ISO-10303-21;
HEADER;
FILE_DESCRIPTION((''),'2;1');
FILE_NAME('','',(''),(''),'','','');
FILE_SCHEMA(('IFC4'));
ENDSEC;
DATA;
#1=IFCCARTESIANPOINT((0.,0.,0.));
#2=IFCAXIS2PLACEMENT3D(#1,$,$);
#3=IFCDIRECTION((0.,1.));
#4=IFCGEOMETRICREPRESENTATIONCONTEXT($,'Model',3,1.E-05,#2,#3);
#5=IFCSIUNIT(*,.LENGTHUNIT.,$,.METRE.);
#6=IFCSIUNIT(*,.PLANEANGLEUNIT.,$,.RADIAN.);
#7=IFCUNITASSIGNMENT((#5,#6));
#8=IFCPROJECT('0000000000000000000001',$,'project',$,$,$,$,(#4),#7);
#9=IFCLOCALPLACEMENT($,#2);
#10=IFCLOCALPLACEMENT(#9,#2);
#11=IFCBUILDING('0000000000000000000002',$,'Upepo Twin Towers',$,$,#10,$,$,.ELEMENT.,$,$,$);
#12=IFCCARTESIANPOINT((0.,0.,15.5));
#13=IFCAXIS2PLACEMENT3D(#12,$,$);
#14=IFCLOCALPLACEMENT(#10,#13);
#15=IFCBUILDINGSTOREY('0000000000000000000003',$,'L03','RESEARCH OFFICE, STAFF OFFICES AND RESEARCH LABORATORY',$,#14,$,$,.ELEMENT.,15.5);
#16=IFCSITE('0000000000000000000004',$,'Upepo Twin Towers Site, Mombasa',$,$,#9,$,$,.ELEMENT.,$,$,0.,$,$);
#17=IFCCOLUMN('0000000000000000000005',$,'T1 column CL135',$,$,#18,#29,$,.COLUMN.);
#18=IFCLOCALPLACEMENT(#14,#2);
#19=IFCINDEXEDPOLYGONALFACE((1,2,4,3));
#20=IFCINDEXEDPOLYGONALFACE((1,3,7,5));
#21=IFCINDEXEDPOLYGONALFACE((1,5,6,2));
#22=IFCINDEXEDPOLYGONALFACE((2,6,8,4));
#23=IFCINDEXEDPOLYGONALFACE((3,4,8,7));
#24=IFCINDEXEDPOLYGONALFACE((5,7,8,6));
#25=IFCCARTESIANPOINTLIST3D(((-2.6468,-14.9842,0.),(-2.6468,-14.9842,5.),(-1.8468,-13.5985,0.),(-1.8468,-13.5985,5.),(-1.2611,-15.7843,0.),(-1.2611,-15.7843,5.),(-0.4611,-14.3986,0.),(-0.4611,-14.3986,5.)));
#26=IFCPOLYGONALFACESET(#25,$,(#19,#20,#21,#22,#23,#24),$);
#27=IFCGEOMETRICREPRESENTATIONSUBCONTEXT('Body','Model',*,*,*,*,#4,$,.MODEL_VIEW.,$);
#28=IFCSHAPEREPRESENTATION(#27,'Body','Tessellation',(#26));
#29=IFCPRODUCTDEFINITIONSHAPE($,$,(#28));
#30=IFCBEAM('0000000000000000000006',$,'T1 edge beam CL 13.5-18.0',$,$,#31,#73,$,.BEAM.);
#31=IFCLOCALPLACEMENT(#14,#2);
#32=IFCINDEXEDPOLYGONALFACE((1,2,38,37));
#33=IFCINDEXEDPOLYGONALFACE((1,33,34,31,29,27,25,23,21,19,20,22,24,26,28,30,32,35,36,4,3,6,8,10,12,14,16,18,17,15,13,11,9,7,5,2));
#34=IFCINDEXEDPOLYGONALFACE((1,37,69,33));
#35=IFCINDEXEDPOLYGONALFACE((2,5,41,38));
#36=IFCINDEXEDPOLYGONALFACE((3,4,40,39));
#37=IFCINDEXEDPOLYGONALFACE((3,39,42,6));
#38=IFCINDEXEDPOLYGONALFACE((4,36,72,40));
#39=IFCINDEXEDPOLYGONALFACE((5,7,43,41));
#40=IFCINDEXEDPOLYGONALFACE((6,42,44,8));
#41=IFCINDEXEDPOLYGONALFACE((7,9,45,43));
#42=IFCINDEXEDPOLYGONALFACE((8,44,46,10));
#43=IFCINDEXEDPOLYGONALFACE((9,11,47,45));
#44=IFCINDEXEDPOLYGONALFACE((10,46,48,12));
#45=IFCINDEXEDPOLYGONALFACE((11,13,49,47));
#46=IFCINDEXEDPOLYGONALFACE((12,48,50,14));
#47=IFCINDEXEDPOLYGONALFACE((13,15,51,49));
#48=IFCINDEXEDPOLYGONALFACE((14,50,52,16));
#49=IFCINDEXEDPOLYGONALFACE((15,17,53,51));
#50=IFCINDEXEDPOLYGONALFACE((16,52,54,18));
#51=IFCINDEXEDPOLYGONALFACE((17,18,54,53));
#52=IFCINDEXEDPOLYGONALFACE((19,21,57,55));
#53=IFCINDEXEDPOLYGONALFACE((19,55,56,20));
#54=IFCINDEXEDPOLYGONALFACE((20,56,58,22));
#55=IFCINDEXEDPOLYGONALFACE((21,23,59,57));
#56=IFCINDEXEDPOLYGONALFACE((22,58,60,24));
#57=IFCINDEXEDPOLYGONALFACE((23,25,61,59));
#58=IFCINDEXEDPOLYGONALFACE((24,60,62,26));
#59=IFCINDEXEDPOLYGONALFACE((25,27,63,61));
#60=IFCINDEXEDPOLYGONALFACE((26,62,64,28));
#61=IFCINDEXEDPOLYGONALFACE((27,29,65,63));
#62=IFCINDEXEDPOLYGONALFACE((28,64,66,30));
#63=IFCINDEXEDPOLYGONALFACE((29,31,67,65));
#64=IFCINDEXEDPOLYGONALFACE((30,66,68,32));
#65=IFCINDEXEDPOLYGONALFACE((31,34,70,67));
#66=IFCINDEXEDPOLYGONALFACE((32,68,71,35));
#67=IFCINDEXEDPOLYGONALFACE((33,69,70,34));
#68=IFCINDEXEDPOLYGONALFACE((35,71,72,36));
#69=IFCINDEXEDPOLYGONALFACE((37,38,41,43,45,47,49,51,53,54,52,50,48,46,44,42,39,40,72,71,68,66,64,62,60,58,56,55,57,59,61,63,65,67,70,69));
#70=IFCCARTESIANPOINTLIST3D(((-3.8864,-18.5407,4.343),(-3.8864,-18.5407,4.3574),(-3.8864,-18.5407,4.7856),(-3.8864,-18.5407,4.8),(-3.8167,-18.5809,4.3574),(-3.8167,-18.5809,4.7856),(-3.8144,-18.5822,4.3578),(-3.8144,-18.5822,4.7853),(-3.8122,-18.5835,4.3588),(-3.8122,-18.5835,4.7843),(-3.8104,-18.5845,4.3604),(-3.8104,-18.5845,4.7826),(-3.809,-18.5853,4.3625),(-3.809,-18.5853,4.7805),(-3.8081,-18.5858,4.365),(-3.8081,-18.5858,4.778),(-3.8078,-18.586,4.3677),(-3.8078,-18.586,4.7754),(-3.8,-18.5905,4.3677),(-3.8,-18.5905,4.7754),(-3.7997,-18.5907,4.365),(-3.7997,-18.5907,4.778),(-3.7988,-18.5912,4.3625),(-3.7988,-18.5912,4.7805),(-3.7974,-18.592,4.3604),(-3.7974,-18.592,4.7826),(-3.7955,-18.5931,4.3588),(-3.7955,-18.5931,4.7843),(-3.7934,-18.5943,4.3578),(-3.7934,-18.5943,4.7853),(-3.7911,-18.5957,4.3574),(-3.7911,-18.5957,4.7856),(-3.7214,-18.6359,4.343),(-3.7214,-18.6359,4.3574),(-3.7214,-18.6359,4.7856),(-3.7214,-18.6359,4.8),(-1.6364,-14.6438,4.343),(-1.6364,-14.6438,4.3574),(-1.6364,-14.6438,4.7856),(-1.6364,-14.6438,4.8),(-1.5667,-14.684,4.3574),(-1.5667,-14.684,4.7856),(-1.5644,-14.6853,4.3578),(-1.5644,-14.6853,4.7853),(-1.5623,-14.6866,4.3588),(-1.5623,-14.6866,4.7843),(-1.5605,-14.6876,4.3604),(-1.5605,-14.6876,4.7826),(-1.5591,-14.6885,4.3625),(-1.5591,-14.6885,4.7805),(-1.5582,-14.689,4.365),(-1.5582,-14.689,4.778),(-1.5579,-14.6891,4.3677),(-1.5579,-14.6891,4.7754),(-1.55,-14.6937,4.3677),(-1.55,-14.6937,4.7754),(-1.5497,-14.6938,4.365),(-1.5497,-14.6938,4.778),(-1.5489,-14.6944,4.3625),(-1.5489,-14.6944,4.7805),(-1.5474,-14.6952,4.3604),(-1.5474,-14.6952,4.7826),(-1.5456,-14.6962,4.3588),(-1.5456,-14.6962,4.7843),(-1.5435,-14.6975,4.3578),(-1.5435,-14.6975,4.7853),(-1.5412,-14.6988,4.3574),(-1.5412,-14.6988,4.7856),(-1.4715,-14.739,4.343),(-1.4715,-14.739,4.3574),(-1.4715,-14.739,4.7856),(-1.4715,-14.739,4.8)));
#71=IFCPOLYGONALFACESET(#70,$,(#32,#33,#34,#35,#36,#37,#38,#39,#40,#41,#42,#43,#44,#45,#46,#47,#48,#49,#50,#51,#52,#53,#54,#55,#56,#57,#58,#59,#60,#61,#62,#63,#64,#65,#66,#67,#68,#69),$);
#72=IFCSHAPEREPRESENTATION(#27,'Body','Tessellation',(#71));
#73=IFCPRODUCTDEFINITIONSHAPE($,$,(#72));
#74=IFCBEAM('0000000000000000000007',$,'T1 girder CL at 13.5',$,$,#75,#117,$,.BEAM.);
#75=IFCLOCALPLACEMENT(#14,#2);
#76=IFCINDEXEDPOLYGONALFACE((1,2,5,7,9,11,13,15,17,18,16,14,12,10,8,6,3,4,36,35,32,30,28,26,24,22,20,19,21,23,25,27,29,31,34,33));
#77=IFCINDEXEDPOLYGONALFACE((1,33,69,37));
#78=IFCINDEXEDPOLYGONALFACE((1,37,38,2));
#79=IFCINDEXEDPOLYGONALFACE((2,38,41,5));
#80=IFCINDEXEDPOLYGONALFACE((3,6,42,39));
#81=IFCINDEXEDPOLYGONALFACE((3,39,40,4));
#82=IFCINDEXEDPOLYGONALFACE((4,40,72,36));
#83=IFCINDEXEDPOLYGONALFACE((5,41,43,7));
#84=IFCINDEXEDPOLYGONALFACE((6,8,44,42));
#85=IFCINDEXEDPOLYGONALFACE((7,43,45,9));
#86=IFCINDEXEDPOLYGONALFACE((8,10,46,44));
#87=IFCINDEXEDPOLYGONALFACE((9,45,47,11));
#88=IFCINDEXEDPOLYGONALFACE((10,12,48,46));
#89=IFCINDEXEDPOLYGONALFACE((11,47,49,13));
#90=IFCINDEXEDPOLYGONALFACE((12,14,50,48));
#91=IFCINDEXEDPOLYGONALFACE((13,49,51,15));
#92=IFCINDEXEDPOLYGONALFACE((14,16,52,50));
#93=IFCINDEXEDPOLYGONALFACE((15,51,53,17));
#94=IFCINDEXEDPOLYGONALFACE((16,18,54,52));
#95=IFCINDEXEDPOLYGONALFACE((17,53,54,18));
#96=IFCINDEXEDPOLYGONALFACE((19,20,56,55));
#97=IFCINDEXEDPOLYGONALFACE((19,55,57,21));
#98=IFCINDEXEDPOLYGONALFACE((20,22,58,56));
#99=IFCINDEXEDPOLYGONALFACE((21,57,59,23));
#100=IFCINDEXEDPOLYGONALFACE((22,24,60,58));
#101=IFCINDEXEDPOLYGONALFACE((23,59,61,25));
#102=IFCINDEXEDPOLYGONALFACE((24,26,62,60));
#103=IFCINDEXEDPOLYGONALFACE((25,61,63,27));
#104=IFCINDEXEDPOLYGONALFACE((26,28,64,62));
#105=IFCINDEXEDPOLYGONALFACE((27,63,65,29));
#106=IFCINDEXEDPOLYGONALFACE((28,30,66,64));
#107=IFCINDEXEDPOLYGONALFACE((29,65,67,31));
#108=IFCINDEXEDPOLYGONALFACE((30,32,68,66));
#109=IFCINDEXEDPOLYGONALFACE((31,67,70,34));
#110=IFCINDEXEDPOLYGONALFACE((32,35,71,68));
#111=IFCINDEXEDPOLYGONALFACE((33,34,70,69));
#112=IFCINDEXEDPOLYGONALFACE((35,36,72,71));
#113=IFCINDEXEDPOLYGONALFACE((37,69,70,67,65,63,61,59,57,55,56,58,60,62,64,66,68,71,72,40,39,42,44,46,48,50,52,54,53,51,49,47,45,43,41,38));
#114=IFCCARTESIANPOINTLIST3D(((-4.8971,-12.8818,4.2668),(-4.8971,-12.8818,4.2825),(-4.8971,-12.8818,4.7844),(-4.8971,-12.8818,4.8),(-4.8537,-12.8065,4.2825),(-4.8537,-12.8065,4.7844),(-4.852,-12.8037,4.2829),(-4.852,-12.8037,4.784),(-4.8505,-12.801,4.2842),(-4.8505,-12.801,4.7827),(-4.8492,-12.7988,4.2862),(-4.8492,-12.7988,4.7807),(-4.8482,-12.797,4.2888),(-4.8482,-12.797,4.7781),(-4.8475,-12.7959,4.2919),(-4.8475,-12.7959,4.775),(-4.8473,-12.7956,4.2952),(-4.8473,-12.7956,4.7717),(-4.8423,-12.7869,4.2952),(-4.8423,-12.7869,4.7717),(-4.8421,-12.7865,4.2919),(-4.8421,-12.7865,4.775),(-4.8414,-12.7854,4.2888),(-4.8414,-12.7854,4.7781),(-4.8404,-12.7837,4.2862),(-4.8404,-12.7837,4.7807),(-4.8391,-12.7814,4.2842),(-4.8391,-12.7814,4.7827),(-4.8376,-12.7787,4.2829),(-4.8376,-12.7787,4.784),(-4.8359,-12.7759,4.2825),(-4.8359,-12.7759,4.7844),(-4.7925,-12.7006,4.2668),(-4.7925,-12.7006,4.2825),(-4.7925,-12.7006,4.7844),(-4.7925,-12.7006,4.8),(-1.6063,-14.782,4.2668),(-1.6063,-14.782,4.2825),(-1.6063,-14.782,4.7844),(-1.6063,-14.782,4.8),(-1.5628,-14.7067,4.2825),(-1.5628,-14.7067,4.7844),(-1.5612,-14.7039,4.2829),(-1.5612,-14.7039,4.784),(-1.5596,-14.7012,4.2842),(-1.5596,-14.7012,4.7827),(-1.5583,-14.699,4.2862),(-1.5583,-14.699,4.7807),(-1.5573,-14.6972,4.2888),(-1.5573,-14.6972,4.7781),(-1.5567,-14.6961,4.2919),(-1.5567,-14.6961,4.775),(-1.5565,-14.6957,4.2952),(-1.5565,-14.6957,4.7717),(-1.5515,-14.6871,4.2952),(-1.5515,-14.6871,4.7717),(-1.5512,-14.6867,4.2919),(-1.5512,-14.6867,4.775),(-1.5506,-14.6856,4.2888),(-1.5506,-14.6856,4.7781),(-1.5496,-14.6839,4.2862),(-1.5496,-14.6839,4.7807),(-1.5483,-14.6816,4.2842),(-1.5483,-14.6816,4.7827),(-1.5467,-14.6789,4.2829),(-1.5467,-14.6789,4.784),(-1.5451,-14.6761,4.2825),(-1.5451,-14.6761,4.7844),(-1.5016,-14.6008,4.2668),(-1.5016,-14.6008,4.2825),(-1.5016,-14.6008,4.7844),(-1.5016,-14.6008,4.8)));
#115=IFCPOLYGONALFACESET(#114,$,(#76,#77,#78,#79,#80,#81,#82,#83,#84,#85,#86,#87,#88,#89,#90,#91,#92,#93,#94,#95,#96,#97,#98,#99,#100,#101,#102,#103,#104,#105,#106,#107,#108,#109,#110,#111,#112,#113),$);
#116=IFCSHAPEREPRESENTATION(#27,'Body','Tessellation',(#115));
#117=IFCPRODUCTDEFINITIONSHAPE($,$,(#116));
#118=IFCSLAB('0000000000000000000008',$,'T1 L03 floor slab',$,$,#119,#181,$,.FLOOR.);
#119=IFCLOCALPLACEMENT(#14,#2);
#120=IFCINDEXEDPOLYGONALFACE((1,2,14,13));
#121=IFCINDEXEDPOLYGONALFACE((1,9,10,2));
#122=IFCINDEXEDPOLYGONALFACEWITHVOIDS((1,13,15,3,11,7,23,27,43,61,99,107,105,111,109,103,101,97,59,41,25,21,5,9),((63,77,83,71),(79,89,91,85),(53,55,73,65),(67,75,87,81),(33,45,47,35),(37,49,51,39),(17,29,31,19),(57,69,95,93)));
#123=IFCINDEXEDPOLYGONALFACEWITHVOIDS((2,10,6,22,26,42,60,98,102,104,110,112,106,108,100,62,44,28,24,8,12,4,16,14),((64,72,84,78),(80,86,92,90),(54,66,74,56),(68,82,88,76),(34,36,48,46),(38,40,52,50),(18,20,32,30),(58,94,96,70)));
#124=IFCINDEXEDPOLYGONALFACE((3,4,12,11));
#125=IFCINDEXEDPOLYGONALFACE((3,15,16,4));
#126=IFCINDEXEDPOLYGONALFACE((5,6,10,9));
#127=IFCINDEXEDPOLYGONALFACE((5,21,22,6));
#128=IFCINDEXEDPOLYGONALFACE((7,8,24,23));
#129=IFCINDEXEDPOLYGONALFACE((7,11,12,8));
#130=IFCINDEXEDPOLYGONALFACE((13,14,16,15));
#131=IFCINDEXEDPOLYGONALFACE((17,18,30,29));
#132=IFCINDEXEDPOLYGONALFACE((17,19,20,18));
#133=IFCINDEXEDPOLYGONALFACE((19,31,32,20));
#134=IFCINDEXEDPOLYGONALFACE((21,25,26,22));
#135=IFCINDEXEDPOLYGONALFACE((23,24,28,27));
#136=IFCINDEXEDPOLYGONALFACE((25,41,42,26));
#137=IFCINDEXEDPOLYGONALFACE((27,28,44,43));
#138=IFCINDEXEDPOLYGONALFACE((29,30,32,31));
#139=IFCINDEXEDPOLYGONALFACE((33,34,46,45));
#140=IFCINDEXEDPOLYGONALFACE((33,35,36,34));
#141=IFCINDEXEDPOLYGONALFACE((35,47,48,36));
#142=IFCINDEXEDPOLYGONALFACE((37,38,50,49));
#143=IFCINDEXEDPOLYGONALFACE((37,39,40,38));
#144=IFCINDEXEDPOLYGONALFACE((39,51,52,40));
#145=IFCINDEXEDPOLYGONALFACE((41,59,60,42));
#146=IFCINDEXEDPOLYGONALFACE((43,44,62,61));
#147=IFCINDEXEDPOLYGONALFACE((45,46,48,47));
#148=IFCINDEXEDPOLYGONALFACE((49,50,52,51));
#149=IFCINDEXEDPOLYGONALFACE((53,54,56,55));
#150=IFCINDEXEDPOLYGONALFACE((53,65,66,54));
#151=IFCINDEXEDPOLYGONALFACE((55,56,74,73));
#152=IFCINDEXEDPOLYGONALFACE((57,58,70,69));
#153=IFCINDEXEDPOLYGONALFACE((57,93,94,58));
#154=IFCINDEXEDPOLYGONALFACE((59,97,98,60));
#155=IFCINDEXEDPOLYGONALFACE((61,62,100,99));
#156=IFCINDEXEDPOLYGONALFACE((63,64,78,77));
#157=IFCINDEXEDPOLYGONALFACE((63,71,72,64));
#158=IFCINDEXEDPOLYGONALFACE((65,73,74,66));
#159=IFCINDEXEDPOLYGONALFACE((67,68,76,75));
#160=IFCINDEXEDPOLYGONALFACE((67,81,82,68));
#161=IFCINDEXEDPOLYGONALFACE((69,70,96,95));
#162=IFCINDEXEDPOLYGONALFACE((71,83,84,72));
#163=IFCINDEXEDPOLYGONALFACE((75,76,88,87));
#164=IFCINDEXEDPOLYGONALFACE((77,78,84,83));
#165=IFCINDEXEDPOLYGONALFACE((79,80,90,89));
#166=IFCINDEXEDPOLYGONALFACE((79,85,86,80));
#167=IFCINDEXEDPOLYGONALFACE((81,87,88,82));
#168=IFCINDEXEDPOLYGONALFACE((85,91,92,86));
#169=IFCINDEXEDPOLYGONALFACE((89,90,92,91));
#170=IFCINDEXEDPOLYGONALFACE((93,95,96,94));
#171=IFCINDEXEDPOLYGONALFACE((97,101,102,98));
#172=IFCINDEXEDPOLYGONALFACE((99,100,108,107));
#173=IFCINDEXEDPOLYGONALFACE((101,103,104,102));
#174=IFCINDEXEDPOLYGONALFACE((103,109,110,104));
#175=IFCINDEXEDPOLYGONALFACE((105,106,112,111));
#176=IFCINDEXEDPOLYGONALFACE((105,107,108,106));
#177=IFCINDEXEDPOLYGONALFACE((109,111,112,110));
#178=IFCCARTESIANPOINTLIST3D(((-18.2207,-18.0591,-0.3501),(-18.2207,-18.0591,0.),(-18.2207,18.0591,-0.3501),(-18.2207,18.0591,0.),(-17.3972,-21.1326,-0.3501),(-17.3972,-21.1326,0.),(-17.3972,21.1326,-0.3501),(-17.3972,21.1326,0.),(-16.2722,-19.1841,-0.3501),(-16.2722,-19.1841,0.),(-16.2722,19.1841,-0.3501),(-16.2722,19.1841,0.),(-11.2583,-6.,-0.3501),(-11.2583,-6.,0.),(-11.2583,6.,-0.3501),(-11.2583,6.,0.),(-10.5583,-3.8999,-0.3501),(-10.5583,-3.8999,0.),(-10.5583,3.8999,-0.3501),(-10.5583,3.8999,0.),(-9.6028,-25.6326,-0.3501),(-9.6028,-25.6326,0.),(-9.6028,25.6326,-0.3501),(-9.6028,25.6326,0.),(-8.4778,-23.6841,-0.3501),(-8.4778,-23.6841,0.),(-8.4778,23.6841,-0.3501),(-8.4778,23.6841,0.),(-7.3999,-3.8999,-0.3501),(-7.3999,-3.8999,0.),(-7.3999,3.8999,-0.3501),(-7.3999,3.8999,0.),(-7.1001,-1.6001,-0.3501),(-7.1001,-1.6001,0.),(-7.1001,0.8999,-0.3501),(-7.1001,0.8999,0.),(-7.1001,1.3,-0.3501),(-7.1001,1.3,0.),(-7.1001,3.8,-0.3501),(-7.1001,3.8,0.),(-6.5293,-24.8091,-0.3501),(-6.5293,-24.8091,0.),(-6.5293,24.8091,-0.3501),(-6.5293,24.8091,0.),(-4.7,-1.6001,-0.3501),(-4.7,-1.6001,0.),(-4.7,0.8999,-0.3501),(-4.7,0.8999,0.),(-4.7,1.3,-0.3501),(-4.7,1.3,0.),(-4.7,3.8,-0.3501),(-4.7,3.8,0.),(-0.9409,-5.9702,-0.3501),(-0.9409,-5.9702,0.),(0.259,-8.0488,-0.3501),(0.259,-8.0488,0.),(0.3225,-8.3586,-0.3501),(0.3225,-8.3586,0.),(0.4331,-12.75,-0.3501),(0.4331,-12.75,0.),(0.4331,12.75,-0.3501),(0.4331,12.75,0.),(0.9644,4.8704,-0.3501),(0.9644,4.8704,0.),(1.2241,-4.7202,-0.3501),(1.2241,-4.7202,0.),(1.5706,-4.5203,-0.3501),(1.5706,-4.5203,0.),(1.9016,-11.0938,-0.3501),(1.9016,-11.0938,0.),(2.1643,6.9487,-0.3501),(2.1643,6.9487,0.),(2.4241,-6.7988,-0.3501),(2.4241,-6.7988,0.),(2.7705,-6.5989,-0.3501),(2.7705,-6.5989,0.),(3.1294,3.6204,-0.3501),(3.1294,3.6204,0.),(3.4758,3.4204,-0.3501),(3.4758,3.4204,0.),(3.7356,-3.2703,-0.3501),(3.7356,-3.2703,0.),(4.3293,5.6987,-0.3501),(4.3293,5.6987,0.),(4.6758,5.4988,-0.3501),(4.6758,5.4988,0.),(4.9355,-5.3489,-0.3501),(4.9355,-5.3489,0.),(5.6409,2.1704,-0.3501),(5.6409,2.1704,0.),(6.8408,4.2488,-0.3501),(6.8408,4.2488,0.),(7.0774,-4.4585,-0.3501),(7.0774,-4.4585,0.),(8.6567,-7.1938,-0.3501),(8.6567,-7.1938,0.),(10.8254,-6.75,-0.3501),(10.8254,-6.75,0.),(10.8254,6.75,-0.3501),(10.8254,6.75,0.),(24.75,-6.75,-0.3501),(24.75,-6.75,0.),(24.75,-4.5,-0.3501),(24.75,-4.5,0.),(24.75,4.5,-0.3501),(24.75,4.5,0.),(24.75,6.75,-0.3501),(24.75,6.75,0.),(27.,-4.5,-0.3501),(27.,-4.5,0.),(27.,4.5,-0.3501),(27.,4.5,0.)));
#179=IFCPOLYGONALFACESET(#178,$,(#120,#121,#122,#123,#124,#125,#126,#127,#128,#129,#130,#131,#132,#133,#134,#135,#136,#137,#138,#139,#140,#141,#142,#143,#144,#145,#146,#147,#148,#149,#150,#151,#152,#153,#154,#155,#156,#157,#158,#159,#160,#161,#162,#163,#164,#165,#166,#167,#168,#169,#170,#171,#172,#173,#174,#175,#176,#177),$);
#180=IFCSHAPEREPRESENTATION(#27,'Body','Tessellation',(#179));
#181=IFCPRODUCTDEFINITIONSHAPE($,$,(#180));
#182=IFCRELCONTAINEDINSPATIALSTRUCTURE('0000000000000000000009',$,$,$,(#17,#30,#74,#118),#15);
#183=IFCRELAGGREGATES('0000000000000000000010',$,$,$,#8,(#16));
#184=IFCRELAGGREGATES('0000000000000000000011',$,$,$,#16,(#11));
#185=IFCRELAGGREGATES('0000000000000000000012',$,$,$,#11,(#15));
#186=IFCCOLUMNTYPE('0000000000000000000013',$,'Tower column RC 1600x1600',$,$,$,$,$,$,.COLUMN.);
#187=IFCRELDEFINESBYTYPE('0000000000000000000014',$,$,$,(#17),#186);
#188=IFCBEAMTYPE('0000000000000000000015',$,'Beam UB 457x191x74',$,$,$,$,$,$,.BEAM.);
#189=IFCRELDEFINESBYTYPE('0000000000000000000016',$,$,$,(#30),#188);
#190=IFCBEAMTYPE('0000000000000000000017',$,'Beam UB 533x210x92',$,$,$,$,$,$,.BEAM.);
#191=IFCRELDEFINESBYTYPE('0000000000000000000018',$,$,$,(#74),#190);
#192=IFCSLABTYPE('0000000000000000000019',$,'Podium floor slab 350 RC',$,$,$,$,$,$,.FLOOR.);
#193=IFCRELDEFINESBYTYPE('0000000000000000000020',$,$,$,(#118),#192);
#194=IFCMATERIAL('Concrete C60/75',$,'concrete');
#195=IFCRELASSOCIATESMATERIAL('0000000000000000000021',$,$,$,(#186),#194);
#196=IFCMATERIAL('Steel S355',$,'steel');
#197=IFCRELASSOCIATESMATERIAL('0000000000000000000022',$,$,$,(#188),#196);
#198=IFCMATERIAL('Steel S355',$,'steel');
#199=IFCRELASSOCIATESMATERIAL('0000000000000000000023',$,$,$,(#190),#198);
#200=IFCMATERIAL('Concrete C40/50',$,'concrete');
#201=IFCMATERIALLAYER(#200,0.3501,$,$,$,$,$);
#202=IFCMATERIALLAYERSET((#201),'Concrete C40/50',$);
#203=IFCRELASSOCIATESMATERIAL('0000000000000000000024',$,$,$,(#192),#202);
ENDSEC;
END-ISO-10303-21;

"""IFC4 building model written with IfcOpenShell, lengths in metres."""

from ifc_helpers import new_model, si_unit, direction, frame, origin, origin_2d, place, context, subcontext, project, spatial, polyline, rectangle, i_section, outline, extrude, material, layer, layer_set, material_profile, profile_set, type_object, element, save


model = new_model("IFC4")

# Units and contexts
model_context = context("Model", 3, precision=1e-05, world=origin(), true_north=direction((0.0, 1.0)))
body_context = subcontext(model_context, "Body", "Model", "MODEL_VIEW")
ifc_project = project(units=[si_unit("LENGTHUNIT", "METRE"), si_unit("PLANEANGLEUNIT", "RADIAN")], contexts=[model_context])

# Site, building, storey
site_placement = place(None, origin())
site = spatial("IfcSite", under=ifc_project, at=site_placement, Name="Upepo Twin Towers Site, Mombasa", CompositionType="ELEMENT", RefElevation=0.0)
building_placement = place(site_placement, origin())
building = spatial("IfcBuilding", under=site, at=building_placement, Name="Upepo Twin Towers", CompositionType="ELEMENT")
storey_placement = place(building_placement, frame((0.0, 0.0, 15.5)))
storey = spatial("IfcBuildingStorey", under=building, at=storey_placement, Name="L03", Description="RESEARCH OFFICE, STAFF OFFICES AND RESEARCH LABORATORY", CompositionType="ELEMENT", Elevation=15.5)

# Column
ifc_material_1 = material(Name="Concrete C60/75", Category="concrete")
ifc_material_profile_1 = material_profile(ifc_material_1, rectangle(XDim=1.6001, YDim=1.6001, at=origin_2d()), Name="RC 1600x1600")
ifc_profile_set_1 = profile_set([ifc_material_profile_1], Name="Concrete C60/75")
column_type = type_object("IfcColumnType", Name="Tower column RC 1600x1600", PredefinedType="COLUMN", material=ifc_profile_set_1)
column_placement = place(storey_placement, frame((-1.554, -14.6914, 0.0), z_axis=(0.0, 0.0, 1.0), x_axis=(0.5, 0.866025, 0.0)))
element("IfcColumn", 1, at=column_placement, inside=storey, type_object=column_type, Name="T1 column CL135", PredefinedType="COLUMN", context=body_context, shape_type="SweptSolid", body=[
    extrude(rectangle(XDim=1.6001, YDim=1.6001, at=origin_2d()), origin(), (0.0, 0.0, 1.0), 5.0),
])

# Beams
ifc_material_2 = material(Name="Steel S355", Category="steel")
ifc_material_profile_2 = material_profile(ifc_material_2, i_section(OverallWidth=0.1904, OverallDepth=0.457, WebThickness=0.009, FlangeThickness=0.0144, FilletRadius=0.0103, at=origin_2d()), Name="UB 457x191x74")
ifc_profile_set_2 = profile_set([ifc_material_profile_2], Name="Steel S355")
beam_type_1 = type_object("IfcBeamType", Name="Beam UB 457x191x74", PredefinedType="BEAM", material=ifc_profile_set_2)
beam_1_placement = place(storey_placement, frame((-1.554, -14.6914, 4.5715), z_axis=(-0.500014, -0.866018, 0.0), x_axis=(0.866018, -0.500014, 0.0)))
element("IfcBeam", 2, at=beam_1_placement, inside=storey, type_object=beam_type_1, Name="T1 edge beam CL 13.5-18.0", PredefinedType="BEAM", context=body_context, shape_type="SweptSolid", body=[
    extrude(i_section(OverallWidth=0.1904, OverallDepth=0.457, WebThickness=0.009, FlangeThickness=0.0144, FilletRadius=0.0103, at=origin_2d()), origin(), (0.0, 0.0, 1.0), 4.4998),
])
ifc_material_3 = material(Name="Steel S355", Category="steel")
ifc_material_profile_3 = material_profile(ifc_material_3, i_section(OverallWidth=0.2092, OverallDepth=0.5332, WebThickness=0.01, FlangeThickness=0.0156, FilletRadius=0.0127, at=origin_2d()), Name="UB 533x210x92")
ifc_profile_set_3 = profile_set([ifc_material_profile_3], Name="Steel S355")
beam_type_2 = type_object("IfcBeamType", Name="Beam UB 533x210x92", PredefinedType="BEAM", material=ifc_profile_set_3)
beam_2_placement = place(storey_placement, frame((-1.554, -14.6914, 4.5334), z_axis=(-0.866, 0.500043, 0.0), x_axis=(-0.500043, -0.866, 0.0)))
element("IfcBeam", 3, at=beam_2_placement, inside=storey, type_object=beam_type_2, Name="T1 girder CL at 13.5", PredefinedType="BEAM", context=body_context, shape_type="SweptSolid", body=[
    extrude(i_section(OverallWidth=0.2092, OverallDepth=0.5332, WebThickness=0.01, FlangeThickness=0.0156, FilletRadius=0.0127, at=origin_2d()), origin(), (0.0, 0.0, 1.0), 3.8),
])

# Slab
ifc_material_4 = material(Name="Concrete C40/50", Category="concrete")
ifc_layer_1 = layer(ifc_material_4, 0.3501)
ifc_layer_set_1 = layer_set([ifc_layer_1], Name="Concrete C40/50")
slab_type = type_object("IfcSlabType", Name="Podium floor slab 350 RC", PredefinedType="FLOOR", material=ifc_layer_set_1)
slab_1_placement = place(storey_placement, frame((0.0, 0.0, -0.3501)))
element("IfcSlab", 4, at=slab_1_placement, inside=storey, type_object=slab_type, Name="T1 L03 floor slab", PredefinedType="FLOOR", context=body_context, shape_type="SweptSolid", body=[
    extrude(outline(polyline([(-8.4778, -23.6841), (-9.6028, -25.6326), (-17.3972, -21.1326), (-16.2722, -19.1841), (-18.2207, -18.0591), (-11.2583, -6.0), (-11.2583, 6.0), (-18.2207, 18.0591), (-16.2722, 19.1841), (-17.3972, 21.1326), (-9.6028, 25.6326), (-8.4778, 23.6841), (-6.5293, 24.8091), (0.4331, 12.75), (10.8254, 6.75), (24.75, 6.75), (24.75, 4.5), (27.0, 4.5), (27.0, -4.5), (24.75, -4.5), (24.75, -6.75), (10.8254, -6.75), (0.4331, -12.75), (-6.5293, -24.8091), (-8.4778, -23.6841)]), holes=[polyline([(5.6409, 2.1704), (6.8408, 4.2488), (4.6758, 5.4988), (3.4758, 3.4204), (5.6409, 2.1704)]), polyline([(3.1294, 3.6204), (4.3293, 5.6987), (2.1643, 6.9487), (0.9644, 4.8704), (3.1294, 3.6204)]), polyline([(-4.7, 3.8), (-7.1001, 3.8), (-7.1001, 1.3), (-4.7, 1.3), (-4.7, 3.8)]), polyline([(-4.7, 0.8999), (-7.1001, 0.8999), (-7.1001, -1.6001), (-4.7, -1.6001), (-4.7, 0.8999)]), polyline([(-7.3999, 3.8999), (-10.5583, 3.8999), (-10.5583, -3.8999), (-7.3999, -3.8999), (-7.3999, 3.8999)]), polyline([(-0.9409, -5.9702), (0.259, -8.0488), (2.4241, -6.7988), (1.2241, -4.7202), (-0.9409, -5.9702)]), polyline([(1.5706, -4.5203), (2.7705, -6.5989), (4.9355, -5.3489), (3.7356, -3.2703), (1.5706, -4.5203)]), polyline([(0.3225, -8.3586), (1.9016, -11.0938), (8.6567, -7.1938), (7.0774, -4.4585), (0.3225, -8.3586)])]), origin(), (0.0, 0.0, 1.0), 0.3501),
])

save(model, "model.ifc")
